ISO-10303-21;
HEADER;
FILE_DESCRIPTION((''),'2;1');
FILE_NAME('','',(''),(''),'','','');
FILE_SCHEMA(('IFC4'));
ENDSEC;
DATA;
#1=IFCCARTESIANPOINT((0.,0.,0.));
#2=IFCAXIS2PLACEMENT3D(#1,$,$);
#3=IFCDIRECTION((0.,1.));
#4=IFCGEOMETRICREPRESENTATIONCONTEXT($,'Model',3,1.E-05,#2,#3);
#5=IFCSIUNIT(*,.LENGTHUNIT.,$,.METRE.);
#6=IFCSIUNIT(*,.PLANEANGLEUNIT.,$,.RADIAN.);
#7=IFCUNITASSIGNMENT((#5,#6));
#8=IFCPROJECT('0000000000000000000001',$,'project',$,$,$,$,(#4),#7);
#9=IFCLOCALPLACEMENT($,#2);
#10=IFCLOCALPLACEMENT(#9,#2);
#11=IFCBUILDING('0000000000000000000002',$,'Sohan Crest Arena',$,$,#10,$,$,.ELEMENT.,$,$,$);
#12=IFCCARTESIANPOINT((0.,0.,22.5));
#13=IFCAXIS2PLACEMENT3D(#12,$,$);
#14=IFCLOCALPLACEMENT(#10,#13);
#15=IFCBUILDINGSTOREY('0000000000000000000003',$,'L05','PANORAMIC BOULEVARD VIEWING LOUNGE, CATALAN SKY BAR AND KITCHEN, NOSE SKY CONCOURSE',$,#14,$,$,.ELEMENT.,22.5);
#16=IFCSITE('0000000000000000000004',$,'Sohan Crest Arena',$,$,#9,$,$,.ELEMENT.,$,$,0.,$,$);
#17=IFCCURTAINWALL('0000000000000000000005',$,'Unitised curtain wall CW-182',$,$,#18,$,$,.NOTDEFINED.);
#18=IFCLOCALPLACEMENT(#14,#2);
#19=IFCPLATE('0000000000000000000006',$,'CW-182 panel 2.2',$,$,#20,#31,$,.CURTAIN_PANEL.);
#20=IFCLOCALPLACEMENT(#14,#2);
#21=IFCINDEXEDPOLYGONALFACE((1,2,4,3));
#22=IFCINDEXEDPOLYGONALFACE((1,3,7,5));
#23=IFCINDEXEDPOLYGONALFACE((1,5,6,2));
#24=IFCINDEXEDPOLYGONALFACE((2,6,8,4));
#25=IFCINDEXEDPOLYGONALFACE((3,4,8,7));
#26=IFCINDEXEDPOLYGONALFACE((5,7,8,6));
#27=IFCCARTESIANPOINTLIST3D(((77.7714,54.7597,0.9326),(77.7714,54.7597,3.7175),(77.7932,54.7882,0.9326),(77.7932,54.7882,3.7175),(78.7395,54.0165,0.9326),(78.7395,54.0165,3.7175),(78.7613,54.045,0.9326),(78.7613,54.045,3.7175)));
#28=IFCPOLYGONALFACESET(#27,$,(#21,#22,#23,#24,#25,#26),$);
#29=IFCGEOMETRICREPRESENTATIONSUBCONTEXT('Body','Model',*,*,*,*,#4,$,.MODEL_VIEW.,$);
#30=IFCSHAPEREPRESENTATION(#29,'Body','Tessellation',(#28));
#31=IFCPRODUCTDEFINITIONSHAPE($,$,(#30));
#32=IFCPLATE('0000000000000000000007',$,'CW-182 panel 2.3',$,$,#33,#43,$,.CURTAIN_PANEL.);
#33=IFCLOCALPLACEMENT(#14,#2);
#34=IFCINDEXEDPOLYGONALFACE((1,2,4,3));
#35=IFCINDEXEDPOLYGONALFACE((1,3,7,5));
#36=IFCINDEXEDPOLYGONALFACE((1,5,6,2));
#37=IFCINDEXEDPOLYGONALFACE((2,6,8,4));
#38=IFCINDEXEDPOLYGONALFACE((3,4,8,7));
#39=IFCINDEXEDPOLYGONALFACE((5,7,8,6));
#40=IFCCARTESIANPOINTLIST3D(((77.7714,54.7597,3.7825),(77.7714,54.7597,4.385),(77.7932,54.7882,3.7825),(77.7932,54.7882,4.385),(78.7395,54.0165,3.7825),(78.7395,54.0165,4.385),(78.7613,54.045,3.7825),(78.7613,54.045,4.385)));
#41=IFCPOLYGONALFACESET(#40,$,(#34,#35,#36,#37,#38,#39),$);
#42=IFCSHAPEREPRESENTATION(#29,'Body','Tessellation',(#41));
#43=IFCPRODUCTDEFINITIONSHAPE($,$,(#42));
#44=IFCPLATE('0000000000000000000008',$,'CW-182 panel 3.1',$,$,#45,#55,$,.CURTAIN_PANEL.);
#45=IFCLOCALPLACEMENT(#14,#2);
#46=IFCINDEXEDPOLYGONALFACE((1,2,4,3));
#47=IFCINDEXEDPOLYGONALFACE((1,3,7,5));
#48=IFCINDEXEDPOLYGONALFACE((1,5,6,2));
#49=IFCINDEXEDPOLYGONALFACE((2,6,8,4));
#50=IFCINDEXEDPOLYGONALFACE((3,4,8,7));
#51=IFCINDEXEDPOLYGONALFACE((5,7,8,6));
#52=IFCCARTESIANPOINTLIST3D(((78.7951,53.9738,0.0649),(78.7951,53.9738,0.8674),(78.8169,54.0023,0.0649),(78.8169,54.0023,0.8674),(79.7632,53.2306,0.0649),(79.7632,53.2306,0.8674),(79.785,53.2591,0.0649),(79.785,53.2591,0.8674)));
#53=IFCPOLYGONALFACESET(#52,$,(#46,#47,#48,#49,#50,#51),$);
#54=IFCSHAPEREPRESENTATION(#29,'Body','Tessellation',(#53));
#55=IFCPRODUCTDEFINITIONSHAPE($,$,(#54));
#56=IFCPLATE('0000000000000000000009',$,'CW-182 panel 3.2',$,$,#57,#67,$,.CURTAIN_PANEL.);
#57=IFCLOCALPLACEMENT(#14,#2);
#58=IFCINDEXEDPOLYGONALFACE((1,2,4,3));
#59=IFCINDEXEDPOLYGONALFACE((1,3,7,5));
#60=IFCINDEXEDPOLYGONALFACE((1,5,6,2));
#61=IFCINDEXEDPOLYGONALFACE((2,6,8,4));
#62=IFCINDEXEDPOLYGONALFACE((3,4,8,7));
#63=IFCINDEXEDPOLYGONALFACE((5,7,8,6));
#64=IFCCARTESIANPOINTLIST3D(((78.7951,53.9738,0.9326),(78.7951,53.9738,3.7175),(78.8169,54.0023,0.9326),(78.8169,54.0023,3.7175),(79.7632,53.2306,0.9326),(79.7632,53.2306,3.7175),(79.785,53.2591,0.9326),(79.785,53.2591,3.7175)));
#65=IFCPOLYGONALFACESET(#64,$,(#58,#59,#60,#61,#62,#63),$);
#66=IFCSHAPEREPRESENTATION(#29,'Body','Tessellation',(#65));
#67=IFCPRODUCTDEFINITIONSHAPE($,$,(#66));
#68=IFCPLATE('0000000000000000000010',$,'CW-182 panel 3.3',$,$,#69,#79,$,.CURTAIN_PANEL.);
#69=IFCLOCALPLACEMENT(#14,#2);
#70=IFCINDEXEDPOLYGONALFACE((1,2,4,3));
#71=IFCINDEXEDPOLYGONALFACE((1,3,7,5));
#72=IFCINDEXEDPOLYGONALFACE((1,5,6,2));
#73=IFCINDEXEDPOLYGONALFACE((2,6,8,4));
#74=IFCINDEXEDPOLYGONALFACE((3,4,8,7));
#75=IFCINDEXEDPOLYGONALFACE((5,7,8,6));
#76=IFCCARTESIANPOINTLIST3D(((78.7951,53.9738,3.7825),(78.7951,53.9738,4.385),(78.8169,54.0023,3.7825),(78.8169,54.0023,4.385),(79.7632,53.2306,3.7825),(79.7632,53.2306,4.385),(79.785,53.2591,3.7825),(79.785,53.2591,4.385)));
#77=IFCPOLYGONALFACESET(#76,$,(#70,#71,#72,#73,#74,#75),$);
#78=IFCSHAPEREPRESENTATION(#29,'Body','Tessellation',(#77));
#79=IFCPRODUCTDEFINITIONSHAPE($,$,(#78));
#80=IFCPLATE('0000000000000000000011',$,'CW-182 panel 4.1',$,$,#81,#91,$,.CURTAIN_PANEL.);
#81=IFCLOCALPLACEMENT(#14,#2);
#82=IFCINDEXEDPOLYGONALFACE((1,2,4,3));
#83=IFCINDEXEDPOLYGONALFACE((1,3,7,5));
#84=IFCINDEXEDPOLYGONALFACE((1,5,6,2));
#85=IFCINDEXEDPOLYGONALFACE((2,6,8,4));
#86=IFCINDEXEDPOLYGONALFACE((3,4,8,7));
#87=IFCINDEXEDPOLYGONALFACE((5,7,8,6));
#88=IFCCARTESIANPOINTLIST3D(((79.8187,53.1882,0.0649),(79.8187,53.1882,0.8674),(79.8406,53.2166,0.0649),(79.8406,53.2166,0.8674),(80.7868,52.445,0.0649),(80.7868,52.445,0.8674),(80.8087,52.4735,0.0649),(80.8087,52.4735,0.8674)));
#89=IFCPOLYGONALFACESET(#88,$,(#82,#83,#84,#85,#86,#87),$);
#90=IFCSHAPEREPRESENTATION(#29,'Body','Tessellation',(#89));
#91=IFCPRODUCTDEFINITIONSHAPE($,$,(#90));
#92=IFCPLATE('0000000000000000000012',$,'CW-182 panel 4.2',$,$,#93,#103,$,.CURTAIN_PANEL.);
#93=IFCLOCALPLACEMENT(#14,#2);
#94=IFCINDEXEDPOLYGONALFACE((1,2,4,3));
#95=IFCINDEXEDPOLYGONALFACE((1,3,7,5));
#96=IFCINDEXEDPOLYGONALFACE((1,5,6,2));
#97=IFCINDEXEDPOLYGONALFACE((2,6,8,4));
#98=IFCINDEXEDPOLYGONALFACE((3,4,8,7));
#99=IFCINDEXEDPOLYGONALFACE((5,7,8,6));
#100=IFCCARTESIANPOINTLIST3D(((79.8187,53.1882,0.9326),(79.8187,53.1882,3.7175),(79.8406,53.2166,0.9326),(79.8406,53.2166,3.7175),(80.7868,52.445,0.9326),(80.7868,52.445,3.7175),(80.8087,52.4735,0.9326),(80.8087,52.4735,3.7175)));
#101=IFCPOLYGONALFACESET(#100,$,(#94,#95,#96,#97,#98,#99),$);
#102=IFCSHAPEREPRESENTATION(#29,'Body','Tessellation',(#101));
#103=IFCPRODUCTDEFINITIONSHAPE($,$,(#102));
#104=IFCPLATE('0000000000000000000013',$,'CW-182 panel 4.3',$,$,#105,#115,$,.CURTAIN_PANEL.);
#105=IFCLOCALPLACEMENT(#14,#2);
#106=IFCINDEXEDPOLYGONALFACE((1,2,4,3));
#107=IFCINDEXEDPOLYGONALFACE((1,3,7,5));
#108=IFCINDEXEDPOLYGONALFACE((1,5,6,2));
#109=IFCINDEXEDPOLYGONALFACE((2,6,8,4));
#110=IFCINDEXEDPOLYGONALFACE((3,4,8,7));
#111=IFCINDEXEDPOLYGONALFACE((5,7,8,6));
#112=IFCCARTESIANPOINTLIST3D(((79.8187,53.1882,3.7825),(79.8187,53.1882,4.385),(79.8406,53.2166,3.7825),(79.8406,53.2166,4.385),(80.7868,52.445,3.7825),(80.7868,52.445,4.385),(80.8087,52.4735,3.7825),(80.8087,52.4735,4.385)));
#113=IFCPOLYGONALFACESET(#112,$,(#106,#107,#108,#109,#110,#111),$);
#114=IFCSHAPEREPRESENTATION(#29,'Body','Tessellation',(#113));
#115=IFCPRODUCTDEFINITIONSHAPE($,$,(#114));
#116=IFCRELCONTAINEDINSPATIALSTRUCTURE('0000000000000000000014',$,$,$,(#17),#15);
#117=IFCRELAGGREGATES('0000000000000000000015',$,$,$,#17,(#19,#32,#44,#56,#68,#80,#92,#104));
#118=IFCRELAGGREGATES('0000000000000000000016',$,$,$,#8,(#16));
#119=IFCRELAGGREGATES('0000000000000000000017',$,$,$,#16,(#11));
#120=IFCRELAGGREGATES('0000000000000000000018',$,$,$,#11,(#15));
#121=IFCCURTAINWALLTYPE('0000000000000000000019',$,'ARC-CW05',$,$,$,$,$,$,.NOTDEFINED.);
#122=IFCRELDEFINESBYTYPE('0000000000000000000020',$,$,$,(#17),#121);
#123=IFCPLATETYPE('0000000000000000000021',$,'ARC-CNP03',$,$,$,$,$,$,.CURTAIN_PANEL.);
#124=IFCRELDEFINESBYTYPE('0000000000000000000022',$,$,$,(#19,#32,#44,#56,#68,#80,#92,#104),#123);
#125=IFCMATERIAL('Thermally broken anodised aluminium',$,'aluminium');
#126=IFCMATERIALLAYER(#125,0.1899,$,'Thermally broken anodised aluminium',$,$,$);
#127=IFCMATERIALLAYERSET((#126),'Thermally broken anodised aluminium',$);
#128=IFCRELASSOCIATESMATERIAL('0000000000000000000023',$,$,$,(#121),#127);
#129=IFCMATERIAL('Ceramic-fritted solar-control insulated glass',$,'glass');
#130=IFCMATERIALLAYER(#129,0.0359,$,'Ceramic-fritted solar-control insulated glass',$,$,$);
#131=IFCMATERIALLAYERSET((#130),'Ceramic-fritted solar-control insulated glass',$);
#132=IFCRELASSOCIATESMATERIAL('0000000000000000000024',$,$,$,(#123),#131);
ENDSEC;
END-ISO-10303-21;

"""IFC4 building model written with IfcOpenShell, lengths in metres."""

from ifc_helpers import new_model, si_unit, direction, frame, origin, origin_2d, place, context, subcontext, project, spatial, rectangle, extrude, material, layer, layer_set, type_object, element, aggregate, save


model = new_model("IFC4")

# Units and contexts
model_context = context("Model", 3, precision=1e-05, world=origin(), true_north=direction((0.0, 1.0)))
body_context = subcontext(model_context, "Body", "Model", "MODEL_VIEW")
ifc_project = project(units=[si_unit("LENGTHUNIT", "METRE"), si_unit("PLANEANGLEUNIT", "RADIAN")], contexts=[model_context])

# Site, building, storey
site_placement = place(None, origin())
site = spatial("IfcSite", under=ifc_project, at=site_placement, Name="Sohan Crest Arena", CompositionType="ELEMENT", RefElevation=0.0)
building_placement = place(site_placement, origin())
building = spatial("IfcBuilding", under=site, at=building_placement, Name="Sohan Crest Arena", CompositionType="ELEMENT")
storey_placement = place(building_placement, frame((0.0, 0.0, 22.5)))
storey = spatial("IfcBuildingStorey", under=building, at=storey_placement, Name="L05", Description="PANORAMIC BOULEVARD VIEWING LOUNGE, CATALAN SKY BAR AND KITCHEN, NOSE SKY CONCOURSE", CompositionType="ELEMENT", Elevation=22.5)

# Curtain wall, plates
ifc_material_1 = material(Name="Thermally broken anodised aluminium", Category="aluminium")
ifc_layer_1 = layer(ifc_material_1, 0.1899, Name="Thermally broken anodised aluminium")
ifc_layer_set_1 = layer_set([ifc_layer_1], Name="Thermally broken anodised aluminium")
curtain_wall_type = type_object("IfcCurtainWallType", Name="ARC-CW05", PredefinedType="NOTDEFINED", material=ifc_layer_set_1)
curtain_wall_placement = place(storey_placement, origin())
curtain_wall = element("IfcCurtainWall", 1, at=curtain_wall_placement, inside=storey, type_object=curtain_wall_type, Name="Unitised curtain wall CW-182", PredefinedType="NOTDEFINED")
ifc_material_2 = material(Name="Ceramic-fritted solar-control insulated glass", Category="glass")
ifc_layer_2 = layer(ifc_material_2, 0.0359, Name="Ceramic-fritted solar-control insulated glass")
ifc_layer_set_2 = layer_set([ifc_layer_2], Name="Ceramic-fritted solar-control insulated glass")
plate_type = type_object("IfcPlateType", Name="ARC-CNP03", PredefinedType="CURTAIN_PANEL", material=ifc_layer_set_2)
plate_1_placement = place(storey_placement, frame((78.2664, 54.4023, 0.9326), z_axis=(0.0, 0.0, 1.0), x_axis=(0.793217, -0.608939, 0.0)))
plate_1 = element("IfcPlate", 2, at=plate_1_placement, type_object=plate_type, Name="CW-182 panel 2.2", PredefinedType="CURTAIN_PANEL", context=body_context, shape_type="SweptSolid", body=[
    extrude(rectangle(XDim=1.2205, YDim=0.0359, at=origin_2d()), origin(), (0.0, 0.0, 1.0), 2.7849),
])
plate_2_placement = place(storey_placement, frame((78.2664, 54.4023, 3.7825), z_axis=(0.0, 0.0, 1.0), x_axis=(0.793217, -0.608939, 0.0)))
plate_2 = element("IfcPlate", 3, at=plate_2_placement, type_object=plate_type, Name="CW-182 panel 2.3", PredefinedType="CURTAIN_PANEL", context=body_context, shape_type="SweptSolid", body=[
    extrude(rectangle(XDim=1.2205, YDim=0.0359, at=origin_2d()), origin(), (0.0, 0.0, 1.0), 0.6025),
])
plate_3_placement = place(storey_placement, frame((79.29, 53.6165, 0.0649), z_axis=(0.0, 0.0, 1.0), x_axis=(0.793217, -0.608939, 0.0)))
plate_3 = element("IfcPlate", 4, at=plate_3_placement, type_object=plate_type, Name="CW-182 panel 3.1", PredefinedType="CURTAIN_PANEL", context=body_context, shape_type="SweptSolid", body=[
    extrude(rectangle(XDim=1.2205, YDim=0.0359, at=origin_2d()), origin(), (0.0, 0.0, 1.0), 0.8025),
])
plate_4_placement = place(storey_placement, frame((79.29, 53.6165, 0.9326), z_axis=(0.0, 0.0, 1.0), x_axis=(0.793217, -0.608939, 0.0)))
plate_4 = element("IfcPlate", 5, at=plate_4_placement, type_object=plate_type, Name="CW-182 panel 3.2", PredefinedType="CURTAIN_PANEL", context=body_context, shape_type="SweptSolid", body=[
    extrude(rectangle(XDim=1.2205, YDim=0.0359, at=origin_2d()), origin(), (0.0, 0.0, 1.0), 2.7849),
])
plate_5_placement = place(storey_placement, frame((79.29, 53.6165, 3.7825), z_axis=(0.0, 0.0, 1.0), x_axis=(0.793217, -0.608939, 0.0)))
plate_5 = element("IfcPlate", 6, at=plate_5_placement, type_object=plate_type, Name="CW-182 panel 3.3", PredefinedType="CURTAIN_PANEL", context=body_context, shape_type="SweptSolid", body=[
    extrude(rectangle(XDim=1.2205, YDim=0.0359, at=origin_2d()), origin(), (0.0, 0.0, 1.0), 0.6025),
])
plate_6_placement = place(storey_placement, frame((80.3137, 52.8308, 0.0649), z_axis=(0.0, 0.0, 1.0), x_axis=(0.793217, -0.608939, 0.0)))
plate_6 = element("IfcPlate", 7, at=plate_6_placement, type_object=plate_type, Name="CW-182 panel 4.1", PredefinedType="CURTAIN_PANEL", context=body_context, shape_type="SweptSolid", body=[
    extrude(rectangle(XDim=1.2205, YDim=0.0359, at=origin_2d()), origin(), (0.0, 0.0, 1.0), 0.8025),
])
plate_7_placement = place(storey_placement, frame((80.3137, 52.8308, 0.9326), z_axis=(0.0, 0.0, 1.0), x_axis=(0.793217, -0.608939, 0.0)))
plate_7 = element("IfcPlate", 8, at=plate_7_placement, type_object=plate_type, Name="CW-182 panel 4.2", PredefinedType="CURTAIN_PANEL", context=body_context, shape_type="SweptSolid", body=[
    extrude(rectangle(XDim=1.2205, YDim=0.0359, at=origin_2d()), origin(), (0.0, 0.0, 1.0), 2.7849),
])
plate_8_placement = place(storey_placement, frame((80.3137, 52.8308, 3.7825), z_axis=(0.0, 0.0, 1.0), x_axis=(0.793217, -0.608939, 0.0)))
plate_8 = element("IfcPlate", 9, at=plate_8_placement, type_object=plate_type, Name="CW-182 panel 4.3", PredefinedType="CURTAIN_PANEL", context=body_context, shape_type="SweptSolid", body=[
    extrude(rectangle(XDim=1.2205, YDim=0.0359, at=origin_2d()), origin(), (0.0, 0.0, 1.0), 0.6025),
])
aggregate(curtain_wall, [plate_1, plate_2, plate_3, plate_4, plate_5, plate_6, plate_7, plate_8])

save(model, "model.ifc")
